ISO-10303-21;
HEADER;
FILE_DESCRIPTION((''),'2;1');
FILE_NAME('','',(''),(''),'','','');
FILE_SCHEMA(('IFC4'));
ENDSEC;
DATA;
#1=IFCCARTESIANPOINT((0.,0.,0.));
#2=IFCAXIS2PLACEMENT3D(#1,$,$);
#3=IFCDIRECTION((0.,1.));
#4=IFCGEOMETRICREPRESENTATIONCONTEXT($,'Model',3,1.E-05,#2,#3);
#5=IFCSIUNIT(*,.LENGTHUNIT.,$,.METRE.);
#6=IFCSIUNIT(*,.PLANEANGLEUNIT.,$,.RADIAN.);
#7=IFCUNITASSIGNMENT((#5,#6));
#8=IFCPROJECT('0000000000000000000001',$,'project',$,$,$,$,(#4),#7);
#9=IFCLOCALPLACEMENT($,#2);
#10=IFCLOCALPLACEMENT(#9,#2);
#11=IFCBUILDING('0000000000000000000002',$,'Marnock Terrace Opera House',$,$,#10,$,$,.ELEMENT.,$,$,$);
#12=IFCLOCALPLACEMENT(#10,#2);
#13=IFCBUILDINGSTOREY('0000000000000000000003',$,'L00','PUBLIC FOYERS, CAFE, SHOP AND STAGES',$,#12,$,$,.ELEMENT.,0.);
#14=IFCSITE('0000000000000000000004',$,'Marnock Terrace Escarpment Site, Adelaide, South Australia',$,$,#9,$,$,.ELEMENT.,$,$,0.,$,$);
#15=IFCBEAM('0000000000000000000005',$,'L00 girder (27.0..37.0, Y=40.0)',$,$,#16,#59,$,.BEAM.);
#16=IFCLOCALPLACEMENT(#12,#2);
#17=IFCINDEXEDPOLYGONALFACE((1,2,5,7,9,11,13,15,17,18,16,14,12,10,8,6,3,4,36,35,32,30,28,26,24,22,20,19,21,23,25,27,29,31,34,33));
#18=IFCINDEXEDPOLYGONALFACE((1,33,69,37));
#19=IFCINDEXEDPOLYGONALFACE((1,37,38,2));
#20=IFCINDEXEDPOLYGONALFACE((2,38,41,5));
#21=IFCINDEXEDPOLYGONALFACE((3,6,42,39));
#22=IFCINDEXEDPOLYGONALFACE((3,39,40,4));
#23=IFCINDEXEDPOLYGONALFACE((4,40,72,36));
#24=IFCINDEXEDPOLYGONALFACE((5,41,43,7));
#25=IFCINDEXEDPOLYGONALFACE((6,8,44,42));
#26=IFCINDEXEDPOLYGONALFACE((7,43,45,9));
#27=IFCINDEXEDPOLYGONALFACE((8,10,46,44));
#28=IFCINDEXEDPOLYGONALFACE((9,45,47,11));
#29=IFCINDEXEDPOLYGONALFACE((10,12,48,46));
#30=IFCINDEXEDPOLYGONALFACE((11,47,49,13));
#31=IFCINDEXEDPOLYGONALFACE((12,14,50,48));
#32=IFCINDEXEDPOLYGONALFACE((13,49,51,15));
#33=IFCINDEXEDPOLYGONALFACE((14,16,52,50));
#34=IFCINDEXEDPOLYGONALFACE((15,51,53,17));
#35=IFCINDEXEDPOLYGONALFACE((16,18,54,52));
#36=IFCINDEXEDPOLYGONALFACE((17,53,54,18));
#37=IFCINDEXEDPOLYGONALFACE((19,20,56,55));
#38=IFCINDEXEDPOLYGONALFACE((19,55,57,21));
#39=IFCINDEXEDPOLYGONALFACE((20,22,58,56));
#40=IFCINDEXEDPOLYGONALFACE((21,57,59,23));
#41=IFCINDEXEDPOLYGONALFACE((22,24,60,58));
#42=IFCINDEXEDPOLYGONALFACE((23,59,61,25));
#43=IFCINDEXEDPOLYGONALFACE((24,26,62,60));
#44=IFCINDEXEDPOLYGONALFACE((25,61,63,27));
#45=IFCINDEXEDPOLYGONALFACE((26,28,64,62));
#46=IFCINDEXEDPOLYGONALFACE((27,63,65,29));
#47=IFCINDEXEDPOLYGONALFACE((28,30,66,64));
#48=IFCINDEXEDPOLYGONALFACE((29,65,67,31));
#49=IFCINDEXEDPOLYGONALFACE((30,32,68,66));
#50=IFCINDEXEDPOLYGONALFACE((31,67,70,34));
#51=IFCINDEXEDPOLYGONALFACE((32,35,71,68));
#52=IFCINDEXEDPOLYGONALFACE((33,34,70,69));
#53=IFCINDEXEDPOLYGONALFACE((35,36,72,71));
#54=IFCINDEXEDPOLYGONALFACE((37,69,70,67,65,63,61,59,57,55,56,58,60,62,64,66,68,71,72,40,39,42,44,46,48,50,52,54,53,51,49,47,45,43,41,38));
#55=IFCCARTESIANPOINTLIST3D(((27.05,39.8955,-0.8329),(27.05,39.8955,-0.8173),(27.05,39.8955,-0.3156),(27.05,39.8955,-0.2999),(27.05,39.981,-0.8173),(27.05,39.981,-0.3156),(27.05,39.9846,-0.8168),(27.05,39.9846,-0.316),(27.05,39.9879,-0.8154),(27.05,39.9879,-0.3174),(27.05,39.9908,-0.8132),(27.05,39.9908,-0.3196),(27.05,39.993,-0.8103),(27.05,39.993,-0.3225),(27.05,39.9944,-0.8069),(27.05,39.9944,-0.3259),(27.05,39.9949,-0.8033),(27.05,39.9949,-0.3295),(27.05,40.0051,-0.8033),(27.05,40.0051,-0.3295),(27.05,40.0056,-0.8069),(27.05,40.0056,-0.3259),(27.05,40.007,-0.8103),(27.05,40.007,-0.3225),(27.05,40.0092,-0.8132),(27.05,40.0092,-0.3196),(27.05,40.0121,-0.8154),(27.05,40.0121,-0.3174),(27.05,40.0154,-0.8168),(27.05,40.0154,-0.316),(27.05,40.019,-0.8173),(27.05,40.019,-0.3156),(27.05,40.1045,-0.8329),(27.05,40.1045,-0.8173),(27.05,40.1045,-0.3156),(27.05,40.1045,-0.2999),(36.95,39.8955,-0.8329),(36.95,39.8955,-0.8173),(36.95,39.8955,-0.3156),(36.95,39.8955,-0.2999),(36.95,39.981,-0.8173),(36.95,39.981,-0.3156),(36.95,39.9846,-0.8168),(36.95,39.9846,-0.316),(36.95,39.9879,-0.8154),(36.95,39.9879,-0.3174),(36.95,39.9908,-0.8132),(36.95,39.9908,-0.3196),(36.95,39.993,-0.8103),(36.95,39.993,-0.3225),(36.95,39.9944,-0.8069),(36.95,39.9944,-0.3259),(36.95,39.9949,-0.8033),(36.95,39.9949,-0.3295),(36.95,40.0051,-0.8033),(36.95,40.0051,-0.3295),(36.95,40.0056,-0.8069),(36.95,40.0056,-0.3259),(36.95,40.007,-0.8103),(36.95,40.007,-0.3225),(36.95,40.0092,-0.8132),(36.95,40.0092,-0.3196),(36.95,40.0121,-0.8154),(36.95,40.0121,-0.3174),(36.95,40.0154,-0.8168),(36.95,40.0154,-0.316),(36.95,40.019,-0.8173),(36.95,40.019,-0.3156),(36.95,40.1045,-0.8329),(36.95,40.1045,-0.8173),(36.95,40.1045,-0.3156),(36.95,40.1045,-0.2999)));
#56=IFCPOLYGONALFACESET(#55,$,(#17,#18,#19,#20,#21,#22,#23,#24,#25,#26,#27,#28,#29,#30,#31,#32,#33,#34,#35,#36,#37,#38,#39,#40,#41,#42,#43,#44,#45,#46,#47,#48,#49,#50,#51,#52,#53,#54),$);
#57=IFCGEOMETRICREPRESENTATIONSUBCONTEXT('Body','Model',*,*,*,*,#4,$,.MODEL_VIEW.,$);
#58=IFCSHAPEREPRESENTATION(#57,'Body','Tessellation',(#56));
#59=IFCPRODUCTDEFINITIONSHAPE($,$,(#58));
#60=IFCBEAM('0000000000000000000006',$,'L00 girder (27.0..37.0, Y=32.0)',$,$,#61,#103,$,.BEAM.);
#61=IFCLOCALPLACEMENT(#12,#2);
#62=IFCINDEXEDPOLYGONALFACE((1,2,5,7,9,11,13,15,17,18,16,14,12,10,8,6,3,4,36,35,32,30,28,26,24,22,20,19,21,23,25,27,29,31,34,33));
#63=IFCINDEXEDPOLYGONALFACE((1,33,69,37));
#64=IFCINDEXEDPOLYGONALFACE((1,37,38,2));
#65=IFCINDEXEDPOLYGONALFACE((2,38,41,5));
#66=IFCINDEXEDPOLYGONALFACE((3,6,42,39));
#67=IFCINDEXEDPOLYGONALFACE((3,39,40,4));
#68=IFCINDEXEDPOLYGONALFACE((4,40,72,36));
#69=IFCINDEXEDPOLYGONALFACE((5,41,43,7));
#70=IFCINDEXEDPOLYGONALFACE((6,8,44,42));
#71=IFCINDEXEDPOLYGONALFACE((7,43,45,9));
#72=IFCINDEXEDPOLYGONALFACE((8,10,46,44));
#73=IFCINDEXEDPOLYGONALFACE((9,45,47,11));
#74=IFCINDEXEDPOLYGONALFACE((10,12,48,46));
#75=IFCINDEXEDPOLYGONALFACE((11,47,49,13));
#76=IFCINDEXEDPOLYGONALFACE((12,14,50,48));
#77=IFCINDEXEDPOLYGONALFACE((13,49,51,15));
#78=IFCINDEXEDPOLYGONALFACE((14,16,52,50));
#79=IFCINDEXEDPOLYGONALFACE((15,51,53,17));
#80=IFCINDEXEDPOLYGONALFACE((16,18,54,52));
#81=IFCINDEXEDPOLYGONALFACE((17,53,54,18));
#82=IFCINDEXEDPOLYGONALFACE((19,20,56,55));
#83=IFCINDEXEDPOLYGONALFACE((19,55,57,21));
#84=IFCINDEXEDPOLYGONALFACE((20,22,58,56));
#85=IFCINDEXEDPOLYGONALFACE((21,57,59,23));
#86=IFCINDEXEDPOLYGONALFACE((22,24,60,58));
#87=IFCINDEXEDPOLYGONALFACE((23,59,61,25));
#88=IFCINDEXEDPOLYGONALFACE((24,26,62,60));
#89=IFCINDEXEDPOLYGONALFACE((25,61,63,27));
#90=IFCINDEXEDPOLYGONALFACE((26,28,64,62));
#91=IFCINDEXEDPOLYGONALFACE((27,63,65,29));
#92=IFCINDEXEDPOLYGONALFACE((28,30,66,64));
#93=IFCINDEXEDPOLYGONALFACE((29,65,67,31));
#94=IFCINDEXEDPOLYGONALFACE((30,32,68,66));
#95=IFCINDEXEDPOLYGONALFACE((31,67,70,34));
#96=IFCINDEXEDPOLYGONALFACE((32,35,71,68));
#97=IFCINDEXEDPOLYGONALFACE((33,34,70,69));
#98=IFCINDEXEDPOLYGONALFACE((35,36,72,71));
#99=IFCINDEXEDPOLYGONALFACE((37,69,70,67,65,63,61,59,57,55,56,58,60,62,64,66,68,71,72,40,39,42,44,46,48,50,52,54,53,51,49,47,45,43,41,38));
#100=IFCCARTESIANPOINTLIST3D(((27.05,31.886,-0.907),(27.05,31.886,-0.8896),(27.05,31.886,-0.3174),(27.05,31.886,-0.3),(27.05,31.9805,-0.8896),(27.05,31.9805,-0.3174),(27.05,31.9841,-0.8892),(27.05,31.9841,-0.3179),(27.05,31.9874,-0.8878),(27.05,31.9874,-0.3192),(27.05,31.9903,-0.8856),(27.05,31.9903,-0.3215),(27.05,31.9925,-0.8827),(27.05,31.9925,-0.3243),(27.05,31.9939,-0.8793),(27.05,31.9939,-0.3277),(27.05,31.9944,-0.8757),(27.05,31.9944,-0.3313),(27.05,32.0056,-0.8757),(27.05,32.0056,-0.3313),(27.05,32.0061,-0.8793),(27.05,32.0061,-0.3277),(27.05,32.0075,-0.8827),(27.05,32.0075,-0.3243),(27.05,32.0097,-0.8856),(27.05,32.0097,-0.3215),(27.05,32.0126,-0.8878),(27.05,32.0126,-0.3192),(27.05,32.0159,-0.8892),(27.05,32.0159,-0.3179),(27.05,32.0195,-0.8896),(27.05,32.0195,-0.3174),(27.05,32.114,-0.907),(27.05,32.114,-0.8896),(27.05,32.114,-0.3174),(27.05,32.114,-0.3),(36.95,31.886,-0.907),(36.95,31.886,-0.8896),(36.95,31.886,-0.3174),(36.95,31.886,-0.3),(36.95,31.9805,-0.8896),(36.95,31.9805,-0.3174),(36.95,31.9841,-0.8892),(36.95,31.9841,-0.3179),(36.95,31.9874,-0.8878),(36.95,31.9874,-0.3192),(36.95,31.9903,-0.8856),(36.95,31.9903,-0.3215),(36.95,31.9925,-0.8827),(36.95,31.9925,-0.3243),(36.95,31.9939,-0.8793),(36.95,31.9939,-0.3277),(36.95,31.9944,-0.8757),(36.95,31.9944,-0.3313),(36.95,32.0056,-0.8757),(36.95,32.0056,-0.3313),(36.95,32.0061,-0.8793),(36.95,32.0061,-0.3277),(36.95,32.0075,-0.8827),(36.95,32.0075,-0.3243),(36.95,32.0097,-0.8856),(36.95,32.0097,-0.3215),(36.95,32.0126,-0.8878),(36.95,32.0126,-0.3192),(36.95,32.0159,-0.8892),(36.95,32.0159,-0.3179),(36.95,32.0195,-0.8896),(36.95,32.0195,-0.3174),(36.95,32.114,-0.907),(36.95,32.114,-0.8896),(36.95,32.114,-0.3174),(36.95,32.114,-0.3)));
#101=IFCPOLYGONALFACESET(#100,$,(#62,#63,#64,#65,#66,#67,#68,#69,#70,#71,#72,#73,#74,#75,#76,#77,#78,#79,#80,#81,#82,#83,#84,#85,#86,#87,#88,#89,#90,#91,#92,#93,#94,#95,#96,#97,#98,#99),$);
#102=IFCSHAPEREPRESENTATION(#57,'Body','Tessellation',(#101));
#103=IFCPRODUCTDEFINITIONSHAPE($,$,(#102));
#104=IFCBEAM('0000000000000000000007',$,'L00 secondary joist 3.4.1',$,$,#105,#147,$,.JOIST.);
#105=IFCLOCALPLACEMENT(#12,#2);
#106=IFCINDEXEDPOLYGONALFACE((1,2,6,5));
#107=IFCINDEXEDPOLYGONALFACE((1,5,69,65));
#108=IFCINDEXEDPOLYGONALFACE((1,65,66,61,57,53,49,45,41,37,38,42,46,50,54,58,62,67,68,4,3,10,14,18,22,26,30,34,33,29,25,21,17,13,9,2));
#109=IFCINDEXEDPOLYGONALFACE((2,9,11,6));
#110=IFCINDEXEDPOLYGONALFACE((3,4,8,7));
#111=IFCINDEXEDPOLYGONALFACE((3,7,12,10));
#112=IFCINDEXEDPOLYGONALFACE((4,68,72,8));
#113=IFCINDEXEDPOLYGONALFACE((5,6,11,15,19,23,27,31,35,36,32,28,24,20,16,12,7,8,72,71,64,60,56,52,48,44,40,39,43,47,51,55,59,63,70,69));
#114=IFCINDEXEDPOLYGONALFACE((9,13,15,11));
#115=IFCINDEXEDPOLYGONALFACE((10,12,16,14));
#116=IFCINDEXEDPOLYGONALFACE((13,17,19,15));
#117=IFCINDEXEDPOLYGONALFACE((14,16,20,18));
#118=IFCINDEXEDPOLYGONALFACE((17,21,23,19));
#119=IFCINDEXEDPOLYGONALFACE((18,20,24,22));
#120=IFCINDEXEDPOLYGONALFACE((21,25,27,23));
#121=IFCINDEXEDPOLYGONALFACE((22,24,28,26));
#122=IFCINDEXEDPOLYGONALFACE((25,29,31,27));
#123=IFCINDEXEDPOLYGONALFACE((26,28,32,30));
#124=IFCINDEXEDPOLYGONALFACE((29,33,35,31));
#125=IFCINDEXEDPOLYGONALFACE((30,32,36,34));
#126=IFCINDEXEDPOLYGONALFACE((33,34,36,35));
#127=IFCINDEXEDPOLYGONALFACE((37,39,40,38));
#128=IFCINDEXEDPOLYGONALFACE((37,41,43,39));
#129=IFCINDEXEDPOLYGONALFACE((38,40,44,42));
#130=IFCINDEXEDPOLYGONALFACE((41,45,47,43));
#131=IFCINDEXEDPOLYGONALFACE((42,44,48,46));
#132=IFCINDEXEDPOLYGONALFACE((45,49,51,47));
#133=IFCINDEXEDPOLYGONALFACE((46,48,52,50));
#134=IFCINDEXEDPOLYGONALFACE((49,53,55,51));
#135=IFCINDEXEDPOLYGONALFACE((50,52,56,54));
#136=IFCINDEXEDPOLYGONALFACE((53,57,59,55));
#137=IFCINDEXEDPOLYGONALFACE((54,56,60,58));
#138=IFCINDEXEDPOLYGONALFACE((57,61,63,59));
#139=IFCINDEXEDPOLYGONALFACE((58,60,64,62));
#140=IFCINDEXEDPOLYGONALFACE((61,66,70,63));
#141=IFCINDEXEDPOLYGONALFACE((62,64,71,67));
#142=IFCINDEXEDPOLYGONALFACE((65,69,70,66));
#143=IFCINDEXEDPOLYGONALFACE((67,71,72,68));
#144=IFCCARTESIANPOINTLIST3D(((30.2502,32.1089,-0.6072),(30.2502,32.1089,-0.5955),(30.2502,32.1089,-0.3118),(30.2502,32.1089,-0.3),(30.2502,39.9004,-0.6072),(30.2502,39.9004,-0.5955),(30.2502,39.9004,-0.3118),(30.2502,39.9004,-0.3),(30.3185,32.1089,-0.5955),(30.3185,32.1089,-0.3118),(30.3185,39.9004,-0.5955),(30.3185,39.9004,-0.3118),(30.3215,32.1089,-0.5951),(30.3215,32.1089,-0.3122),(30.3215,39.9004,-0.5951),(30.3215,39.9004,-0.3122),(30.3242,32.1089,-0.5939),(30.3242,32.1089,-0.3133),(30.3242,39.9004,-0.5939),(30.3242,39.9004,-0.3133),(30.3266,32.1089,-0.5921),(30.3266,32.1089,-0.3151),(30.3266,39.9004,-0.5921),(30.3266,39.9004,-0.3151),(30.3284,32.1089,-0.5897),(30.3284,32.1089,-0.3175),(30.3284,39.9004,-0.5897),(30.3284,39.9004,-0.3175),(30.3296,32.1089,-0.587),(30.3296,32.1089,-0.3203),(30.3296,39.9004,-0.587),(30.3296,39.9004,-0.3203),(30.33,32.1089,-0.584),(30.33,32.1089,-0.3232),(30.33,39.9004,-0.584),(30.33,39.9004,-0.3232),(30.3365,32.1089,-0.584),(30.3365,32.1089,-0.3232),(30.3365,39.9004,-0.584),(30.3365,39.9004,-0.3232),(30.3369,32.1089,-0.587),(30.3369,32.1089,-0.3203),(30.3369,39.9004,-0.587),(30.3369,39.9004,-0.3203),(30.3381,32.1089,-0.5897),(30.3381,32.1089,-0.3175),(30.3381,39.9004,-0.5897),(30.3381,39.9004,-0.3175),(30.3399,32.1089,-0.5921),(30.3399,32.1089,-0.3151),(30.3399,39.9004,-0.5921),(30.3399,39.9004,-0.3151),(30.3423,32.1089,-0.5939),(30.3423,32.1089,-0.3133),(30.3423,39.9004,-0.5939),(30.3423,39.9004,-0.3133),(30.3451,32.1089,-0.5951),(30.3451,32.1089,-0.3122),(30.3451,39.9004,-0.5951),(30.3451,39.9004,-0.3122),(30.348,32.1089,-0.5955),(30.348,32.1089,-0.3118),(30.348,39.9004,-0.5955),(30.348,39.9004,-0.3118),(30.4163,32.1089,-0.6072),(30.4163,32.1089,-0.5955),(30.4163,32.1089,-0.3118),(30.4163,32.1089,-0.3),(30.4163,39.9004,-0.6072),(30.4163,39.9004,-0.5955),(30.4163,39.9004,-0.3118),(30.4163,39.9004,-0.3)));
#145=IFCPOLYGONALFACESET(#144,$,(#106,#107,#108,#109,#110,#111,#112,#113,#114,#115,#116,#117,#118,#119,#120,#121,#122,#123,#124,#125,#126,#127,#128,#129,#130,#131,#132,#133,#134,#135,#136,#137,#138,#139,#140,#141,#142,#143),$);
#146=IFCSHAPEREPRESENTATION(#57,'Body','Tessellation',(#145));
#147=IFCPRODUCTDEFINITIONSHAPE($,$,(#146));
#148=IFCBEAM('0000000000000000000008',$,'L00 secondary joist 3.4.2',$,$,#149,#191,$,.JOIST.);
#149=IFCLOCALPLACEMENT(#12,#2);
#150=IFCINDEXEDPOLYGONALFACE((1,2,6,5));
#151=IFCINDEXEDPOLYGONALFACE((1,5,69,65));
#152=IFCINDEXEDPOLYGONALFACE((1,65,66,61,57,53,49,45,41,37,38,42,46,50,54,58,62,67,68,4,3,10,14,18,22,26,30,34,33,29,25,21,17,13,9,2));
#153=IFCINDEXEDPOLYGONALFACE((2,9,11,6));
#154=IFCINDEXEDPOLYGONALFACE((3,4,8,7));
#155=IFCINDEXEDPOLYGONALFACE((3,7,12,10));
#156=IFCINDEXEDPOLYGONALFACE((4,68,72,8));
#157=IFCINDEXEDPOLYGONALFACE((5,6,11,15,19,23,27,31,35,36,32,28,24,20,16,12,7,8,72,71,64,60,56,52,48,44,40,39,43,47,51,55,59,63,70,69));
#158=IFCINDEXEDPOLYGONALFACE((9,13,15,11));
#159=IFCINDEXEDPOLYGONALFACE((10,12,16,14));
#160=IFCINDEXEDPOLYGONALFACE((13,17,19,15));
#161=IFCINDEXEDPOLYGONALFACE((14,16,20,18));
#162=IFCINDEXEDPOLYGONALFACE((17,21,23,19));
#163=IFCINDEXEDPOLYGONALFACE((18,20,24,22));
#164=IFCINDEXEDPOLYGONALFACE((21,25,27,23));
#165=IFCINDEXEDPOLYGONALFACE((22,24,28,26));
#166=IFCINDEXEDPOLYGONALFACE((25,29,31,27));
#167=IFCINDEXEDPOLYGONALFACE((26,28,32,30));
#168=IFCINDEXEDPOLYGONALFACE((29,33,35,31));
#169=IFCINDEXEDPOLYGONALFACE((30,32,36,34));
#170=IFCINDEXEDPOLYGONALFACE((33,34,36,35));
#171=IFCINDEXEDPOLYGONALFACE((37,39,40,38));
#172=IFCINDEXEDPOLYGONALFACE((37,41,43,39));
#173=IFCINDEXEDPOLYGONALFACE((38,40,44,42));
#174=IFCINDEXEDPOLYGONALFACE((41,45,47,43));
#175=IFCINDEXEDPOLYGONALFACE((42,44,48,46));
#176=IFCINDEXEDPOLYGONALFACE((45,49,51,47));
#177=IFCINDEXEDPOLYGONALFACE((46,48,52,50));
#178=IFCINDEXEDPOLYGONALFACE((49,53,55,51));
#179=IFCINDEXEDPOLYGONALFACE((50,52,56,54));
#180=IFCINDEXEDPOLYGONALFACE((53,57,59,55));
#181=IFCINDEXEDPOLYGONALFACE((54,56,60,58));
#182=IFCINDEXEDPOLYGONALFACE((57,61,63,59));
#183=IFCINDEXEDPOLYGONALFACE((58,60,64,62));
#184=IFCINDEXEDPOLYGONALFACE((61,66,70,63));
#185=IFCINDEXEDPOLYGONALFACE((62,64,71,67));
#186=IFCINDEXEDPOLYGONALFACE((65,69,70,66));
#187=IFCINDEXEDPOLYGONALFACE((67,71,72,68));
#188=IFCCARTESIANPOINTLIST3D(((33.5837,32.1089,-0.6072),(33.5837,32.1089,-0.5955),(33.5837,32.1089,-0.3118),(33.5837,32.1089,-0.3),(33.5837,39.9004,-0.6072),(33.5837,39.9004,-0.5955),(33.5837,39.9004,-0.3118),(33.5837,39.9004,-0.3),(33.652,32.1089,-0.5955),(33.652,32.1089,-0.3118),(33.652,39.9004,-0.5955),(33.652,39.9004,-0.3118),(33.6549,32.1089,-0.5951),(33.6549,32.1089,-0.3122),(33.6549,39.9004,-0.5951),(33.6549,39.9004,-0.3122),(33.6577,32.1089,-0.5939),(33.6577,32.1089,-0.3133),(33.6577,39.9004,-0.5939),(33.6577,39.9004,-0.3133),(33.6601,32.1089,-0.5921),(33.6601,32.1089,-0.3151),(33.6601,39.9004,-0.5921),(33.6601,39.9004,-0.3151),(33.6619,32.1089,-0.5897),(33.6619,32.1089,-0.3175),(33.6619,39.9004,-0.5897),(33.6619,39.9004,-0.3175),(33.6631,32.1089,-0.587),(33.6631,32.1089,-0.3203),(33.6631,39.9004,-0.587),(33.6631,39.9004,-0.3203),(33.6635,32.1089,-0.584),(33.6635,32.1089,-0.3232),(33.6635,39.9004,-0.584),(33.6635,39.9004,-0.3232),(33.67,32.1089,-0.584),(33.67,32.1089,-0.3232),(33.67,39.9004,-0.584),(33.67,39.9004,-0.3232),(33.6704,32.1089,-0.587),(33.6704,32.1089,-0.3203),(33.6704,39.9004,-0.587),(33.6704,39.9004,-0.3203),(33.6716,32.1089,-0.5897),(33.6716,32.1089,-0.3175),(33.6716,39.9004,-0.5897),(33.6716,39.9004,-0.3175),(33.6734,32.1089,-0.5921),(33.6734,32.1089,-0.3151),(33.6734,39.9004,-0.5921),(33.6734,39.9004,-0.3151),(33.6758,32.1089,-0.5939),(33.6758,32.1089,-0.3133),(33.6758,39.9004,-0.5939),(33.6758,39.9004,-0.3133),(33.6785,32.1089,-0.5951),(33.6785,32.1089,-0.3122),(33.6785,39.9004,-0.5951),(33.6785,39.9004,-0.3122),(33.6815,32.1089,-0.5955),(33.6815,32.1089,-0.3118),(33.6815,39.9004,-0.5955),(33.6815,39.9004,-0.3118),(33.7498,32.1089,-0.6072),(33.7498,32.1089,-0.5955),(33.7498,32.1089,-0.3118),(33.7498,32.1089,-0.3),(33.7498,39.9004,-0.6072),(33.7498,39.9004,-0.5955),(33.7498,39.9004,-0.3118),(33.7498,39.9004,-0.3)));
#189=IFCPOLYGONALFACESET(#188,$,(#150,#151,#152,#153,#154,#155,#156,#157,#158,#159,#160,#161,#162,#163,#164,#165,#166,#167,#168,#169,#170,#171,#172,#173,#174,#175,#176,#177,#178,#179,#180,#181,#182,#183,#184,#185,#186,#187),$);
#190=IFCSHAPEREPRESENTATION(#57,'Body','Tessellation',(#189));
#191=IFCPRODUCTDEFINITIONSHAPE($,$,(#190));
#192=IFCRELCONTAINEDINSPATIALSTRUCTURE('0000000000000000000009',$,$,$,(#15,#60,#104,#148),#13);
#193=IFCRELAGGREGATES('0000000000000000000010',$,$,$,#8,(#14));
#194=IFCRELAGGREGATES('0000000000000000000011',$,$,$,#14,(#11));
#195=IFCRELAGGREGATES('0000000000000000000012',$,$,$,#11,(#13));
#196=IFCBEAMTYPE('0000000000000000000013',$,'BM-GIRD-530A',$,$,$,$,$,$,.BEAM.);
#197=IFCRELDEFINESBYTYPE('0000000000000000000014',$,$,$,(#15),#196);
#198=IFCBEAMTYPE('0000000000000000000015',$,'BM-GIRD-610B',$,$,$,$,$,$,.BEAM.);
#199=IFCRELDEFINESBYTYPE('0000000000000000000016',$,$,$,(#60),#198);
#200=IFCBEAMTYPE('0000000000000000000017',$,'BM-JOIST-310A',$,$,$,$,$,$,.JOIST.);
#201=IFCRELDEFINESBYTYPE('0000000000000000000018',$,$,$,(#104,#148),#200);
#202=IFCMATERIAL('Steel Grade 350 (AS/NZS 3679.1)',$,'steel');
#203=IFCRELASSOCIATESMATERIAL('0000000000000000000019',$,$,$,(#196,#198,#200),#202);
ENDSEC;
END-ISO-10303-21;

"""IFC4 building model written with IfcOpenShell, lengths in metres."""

from ifc_helpers import new_model, si_unit, direction, frame, origin, origin_2d, place, context, subcontext, project, spatial, i_section, extrude, material, material_profile, profile_set, type_object, element, save


model = new_model("IFC4")

# Units and contexts
model_context = context("Model", 3, precision=1e-05, world=origin(), true_north=direction((0.0, 1.0)))
body_context = subcontext(model_context, "Body", "Model", "MODEL_VIEW")
ifc_project = project(units=[si_unit("LENGTHUNIT", "METRE"), si_unit("PLANEANGLEUNIT", "RADIAN")], contexts=[model_context])

# Site, building, storey
site_placement = place(None, origin())
site = spatial("IfcSite", under=ifc_project, at=site_placement, Name="Marnock Terrace Escarpment Site, Adelaide, South Australia", CompositionType="ELEMENT", RefElevation=0.0)
building_placement = place(site_placement, origin())
building = spatial("IfcBuilding", under=site, at=building_placement, Name="Marnock Terrace Opera House", CompositionType="ELEMENT")
storey_placement = place(building_placement, origin())
storey = spatial("IfcBuildingStorey", under=building, at=storey_placement, Name="L00", Description="PUBLIC FOYERS, CAFE, SHOP AND STAGES", CompositionType="ELEMENT", Elevation=0.0)

# Beams
ifc_material_1 = material(Name="Steel Grade 350 (AS/NZS 3679.1)", Category="steel")
ifc_material_profile_1 = material_profile(ifc_material_1, i_section(OverallWidth=0.209, OverallDepth=0.533, WebThickness=0.0103, FlangeThickness=0.0156, FilletRadius=0.0139, at=origin_2d()))
ifc_profile_set_1 = profile_set([ifc_material_profile_1], Name="Steel Grade 350 (AS/NZS 3679.1)")
beam_type_1 = type_object("IfcBeamType", Name="BM-GIRD-530A", PredefinedType="BEAM", material=ifc_profile_set_1)
beam_1_placement = place(storey_placement, frame((27.05, 40.0, -0.5664), z_axis=(1.0, 0.0, 0.0), x_axis=(0.0, 1.0, 0.0)))
element("IfcBeam", 1, at=beam_1_placement, inside=storey, type_object=beam_type_1, Name="L00 girder (27.0..37.0, Y=40.0)", PredefinedType="BEAM", context=body_context, shape_type="SweptSolid", body=[
    extrude(i_section(OverallWidth=0.209, OverallDepth=0.533, WebThickness=0.0103, FlangeThickness=0.0156, FilletRadius=0.0139, at=origin_2d()), origin(), (0.0, 0.0, 1.0), 9.8999),
])
ifc_material_profile_2 = material_profile(ifc_material_1, i_section(OverallWidth=0.228, OverallDepth=0.6069, WebThickness=0.0112, FlangeThickness=0.0173, FilletRadius=0.0139, at=origin_2d()))
ifc_profile_set_2 = profile_set([ifc_material_profile_2], Name="Steel Grade 350 (AS/NZS 3679.1)")
beam_type_2 = type_object("IfcBeamType", Name="BM-GIRD-610B", PredefinedType="BEAM", material=ifc_profile_set_2)
beam_2_placement = place(storey_placement, frame((27.05, 32.0, -0.6035), z_axis=(1.0, 0.0, 0.0), x_axis=(0.0, 1.0, 0.0)))
element("IfcBeam", 2, at=beam_2_placement, inside=storey, type_object=beam_type_2, Name="L00 girder (27.0..37.0, Y=32.0)", PredefinedType="BEAM", context=body_context, shape_type="SweptSolid", body=[
    extrude(i_section(OverallWidth=0.228, OverallDepth=0.6069, WebThickness=0.0112, FlangeThickness=0.0173, FilletRadius=0.0139, at=origin_2d()), origin(), (0.0, 0.0, 1.0), 9.8999),
])
ifc_material_profile_3 = material_profile(ifc_material_1, i_section(OverallWidth=0.166, OverallDepth=0.3071, WebThickness=0.0066, FlangeThickness=0.0117, FilletRadius=0.0115, at=origin_2d()))
ifc_profile_set_3 = profile_set([ifc_material_profile_3], Name="Steel Grade 350 (AS/NZS 3679.1)")
beam_type_3 = type_object("IfcBeamType", Name="BM-JOIST-310A", PredefinedType="JOIST", material=ifc_profile_set_3)
for number, where, z_axis, x_axis, name in (
    (3, (30.3333, 32.1089, -0.4536), (0.0, 1.0, 0.0), (-1.0, 0.0, 0.0), "L00 secondary joist 3.4.1"),
    (4, (33.6667, 32.1089, -0.4536), (0.0, 1.0, 0.0), (-1.0, 0.0, 0.0), "L00 secondary joist 3.4.2"),
):
    element("IfcBeam", number, at=place(storey_placement, frame(where, z_axis=z_axis, x_axis=x_axis)), inside=storey, type_object=beam_type_3, Name=name, PredefinedType="JOIST", context=body_context, shape_type="SweptSolid", body=[
        extrude(i_section(OverallWidth=0.166, OverallDepth=0.3071, WebThickness=0.0066, FlangeThickness=0.0117, FilletRadius=0.0115, at=origin_2d()), origin(), (0.0, 0.0, 1.0), 7.7915),
    ])

save(model, "model.ifc")
